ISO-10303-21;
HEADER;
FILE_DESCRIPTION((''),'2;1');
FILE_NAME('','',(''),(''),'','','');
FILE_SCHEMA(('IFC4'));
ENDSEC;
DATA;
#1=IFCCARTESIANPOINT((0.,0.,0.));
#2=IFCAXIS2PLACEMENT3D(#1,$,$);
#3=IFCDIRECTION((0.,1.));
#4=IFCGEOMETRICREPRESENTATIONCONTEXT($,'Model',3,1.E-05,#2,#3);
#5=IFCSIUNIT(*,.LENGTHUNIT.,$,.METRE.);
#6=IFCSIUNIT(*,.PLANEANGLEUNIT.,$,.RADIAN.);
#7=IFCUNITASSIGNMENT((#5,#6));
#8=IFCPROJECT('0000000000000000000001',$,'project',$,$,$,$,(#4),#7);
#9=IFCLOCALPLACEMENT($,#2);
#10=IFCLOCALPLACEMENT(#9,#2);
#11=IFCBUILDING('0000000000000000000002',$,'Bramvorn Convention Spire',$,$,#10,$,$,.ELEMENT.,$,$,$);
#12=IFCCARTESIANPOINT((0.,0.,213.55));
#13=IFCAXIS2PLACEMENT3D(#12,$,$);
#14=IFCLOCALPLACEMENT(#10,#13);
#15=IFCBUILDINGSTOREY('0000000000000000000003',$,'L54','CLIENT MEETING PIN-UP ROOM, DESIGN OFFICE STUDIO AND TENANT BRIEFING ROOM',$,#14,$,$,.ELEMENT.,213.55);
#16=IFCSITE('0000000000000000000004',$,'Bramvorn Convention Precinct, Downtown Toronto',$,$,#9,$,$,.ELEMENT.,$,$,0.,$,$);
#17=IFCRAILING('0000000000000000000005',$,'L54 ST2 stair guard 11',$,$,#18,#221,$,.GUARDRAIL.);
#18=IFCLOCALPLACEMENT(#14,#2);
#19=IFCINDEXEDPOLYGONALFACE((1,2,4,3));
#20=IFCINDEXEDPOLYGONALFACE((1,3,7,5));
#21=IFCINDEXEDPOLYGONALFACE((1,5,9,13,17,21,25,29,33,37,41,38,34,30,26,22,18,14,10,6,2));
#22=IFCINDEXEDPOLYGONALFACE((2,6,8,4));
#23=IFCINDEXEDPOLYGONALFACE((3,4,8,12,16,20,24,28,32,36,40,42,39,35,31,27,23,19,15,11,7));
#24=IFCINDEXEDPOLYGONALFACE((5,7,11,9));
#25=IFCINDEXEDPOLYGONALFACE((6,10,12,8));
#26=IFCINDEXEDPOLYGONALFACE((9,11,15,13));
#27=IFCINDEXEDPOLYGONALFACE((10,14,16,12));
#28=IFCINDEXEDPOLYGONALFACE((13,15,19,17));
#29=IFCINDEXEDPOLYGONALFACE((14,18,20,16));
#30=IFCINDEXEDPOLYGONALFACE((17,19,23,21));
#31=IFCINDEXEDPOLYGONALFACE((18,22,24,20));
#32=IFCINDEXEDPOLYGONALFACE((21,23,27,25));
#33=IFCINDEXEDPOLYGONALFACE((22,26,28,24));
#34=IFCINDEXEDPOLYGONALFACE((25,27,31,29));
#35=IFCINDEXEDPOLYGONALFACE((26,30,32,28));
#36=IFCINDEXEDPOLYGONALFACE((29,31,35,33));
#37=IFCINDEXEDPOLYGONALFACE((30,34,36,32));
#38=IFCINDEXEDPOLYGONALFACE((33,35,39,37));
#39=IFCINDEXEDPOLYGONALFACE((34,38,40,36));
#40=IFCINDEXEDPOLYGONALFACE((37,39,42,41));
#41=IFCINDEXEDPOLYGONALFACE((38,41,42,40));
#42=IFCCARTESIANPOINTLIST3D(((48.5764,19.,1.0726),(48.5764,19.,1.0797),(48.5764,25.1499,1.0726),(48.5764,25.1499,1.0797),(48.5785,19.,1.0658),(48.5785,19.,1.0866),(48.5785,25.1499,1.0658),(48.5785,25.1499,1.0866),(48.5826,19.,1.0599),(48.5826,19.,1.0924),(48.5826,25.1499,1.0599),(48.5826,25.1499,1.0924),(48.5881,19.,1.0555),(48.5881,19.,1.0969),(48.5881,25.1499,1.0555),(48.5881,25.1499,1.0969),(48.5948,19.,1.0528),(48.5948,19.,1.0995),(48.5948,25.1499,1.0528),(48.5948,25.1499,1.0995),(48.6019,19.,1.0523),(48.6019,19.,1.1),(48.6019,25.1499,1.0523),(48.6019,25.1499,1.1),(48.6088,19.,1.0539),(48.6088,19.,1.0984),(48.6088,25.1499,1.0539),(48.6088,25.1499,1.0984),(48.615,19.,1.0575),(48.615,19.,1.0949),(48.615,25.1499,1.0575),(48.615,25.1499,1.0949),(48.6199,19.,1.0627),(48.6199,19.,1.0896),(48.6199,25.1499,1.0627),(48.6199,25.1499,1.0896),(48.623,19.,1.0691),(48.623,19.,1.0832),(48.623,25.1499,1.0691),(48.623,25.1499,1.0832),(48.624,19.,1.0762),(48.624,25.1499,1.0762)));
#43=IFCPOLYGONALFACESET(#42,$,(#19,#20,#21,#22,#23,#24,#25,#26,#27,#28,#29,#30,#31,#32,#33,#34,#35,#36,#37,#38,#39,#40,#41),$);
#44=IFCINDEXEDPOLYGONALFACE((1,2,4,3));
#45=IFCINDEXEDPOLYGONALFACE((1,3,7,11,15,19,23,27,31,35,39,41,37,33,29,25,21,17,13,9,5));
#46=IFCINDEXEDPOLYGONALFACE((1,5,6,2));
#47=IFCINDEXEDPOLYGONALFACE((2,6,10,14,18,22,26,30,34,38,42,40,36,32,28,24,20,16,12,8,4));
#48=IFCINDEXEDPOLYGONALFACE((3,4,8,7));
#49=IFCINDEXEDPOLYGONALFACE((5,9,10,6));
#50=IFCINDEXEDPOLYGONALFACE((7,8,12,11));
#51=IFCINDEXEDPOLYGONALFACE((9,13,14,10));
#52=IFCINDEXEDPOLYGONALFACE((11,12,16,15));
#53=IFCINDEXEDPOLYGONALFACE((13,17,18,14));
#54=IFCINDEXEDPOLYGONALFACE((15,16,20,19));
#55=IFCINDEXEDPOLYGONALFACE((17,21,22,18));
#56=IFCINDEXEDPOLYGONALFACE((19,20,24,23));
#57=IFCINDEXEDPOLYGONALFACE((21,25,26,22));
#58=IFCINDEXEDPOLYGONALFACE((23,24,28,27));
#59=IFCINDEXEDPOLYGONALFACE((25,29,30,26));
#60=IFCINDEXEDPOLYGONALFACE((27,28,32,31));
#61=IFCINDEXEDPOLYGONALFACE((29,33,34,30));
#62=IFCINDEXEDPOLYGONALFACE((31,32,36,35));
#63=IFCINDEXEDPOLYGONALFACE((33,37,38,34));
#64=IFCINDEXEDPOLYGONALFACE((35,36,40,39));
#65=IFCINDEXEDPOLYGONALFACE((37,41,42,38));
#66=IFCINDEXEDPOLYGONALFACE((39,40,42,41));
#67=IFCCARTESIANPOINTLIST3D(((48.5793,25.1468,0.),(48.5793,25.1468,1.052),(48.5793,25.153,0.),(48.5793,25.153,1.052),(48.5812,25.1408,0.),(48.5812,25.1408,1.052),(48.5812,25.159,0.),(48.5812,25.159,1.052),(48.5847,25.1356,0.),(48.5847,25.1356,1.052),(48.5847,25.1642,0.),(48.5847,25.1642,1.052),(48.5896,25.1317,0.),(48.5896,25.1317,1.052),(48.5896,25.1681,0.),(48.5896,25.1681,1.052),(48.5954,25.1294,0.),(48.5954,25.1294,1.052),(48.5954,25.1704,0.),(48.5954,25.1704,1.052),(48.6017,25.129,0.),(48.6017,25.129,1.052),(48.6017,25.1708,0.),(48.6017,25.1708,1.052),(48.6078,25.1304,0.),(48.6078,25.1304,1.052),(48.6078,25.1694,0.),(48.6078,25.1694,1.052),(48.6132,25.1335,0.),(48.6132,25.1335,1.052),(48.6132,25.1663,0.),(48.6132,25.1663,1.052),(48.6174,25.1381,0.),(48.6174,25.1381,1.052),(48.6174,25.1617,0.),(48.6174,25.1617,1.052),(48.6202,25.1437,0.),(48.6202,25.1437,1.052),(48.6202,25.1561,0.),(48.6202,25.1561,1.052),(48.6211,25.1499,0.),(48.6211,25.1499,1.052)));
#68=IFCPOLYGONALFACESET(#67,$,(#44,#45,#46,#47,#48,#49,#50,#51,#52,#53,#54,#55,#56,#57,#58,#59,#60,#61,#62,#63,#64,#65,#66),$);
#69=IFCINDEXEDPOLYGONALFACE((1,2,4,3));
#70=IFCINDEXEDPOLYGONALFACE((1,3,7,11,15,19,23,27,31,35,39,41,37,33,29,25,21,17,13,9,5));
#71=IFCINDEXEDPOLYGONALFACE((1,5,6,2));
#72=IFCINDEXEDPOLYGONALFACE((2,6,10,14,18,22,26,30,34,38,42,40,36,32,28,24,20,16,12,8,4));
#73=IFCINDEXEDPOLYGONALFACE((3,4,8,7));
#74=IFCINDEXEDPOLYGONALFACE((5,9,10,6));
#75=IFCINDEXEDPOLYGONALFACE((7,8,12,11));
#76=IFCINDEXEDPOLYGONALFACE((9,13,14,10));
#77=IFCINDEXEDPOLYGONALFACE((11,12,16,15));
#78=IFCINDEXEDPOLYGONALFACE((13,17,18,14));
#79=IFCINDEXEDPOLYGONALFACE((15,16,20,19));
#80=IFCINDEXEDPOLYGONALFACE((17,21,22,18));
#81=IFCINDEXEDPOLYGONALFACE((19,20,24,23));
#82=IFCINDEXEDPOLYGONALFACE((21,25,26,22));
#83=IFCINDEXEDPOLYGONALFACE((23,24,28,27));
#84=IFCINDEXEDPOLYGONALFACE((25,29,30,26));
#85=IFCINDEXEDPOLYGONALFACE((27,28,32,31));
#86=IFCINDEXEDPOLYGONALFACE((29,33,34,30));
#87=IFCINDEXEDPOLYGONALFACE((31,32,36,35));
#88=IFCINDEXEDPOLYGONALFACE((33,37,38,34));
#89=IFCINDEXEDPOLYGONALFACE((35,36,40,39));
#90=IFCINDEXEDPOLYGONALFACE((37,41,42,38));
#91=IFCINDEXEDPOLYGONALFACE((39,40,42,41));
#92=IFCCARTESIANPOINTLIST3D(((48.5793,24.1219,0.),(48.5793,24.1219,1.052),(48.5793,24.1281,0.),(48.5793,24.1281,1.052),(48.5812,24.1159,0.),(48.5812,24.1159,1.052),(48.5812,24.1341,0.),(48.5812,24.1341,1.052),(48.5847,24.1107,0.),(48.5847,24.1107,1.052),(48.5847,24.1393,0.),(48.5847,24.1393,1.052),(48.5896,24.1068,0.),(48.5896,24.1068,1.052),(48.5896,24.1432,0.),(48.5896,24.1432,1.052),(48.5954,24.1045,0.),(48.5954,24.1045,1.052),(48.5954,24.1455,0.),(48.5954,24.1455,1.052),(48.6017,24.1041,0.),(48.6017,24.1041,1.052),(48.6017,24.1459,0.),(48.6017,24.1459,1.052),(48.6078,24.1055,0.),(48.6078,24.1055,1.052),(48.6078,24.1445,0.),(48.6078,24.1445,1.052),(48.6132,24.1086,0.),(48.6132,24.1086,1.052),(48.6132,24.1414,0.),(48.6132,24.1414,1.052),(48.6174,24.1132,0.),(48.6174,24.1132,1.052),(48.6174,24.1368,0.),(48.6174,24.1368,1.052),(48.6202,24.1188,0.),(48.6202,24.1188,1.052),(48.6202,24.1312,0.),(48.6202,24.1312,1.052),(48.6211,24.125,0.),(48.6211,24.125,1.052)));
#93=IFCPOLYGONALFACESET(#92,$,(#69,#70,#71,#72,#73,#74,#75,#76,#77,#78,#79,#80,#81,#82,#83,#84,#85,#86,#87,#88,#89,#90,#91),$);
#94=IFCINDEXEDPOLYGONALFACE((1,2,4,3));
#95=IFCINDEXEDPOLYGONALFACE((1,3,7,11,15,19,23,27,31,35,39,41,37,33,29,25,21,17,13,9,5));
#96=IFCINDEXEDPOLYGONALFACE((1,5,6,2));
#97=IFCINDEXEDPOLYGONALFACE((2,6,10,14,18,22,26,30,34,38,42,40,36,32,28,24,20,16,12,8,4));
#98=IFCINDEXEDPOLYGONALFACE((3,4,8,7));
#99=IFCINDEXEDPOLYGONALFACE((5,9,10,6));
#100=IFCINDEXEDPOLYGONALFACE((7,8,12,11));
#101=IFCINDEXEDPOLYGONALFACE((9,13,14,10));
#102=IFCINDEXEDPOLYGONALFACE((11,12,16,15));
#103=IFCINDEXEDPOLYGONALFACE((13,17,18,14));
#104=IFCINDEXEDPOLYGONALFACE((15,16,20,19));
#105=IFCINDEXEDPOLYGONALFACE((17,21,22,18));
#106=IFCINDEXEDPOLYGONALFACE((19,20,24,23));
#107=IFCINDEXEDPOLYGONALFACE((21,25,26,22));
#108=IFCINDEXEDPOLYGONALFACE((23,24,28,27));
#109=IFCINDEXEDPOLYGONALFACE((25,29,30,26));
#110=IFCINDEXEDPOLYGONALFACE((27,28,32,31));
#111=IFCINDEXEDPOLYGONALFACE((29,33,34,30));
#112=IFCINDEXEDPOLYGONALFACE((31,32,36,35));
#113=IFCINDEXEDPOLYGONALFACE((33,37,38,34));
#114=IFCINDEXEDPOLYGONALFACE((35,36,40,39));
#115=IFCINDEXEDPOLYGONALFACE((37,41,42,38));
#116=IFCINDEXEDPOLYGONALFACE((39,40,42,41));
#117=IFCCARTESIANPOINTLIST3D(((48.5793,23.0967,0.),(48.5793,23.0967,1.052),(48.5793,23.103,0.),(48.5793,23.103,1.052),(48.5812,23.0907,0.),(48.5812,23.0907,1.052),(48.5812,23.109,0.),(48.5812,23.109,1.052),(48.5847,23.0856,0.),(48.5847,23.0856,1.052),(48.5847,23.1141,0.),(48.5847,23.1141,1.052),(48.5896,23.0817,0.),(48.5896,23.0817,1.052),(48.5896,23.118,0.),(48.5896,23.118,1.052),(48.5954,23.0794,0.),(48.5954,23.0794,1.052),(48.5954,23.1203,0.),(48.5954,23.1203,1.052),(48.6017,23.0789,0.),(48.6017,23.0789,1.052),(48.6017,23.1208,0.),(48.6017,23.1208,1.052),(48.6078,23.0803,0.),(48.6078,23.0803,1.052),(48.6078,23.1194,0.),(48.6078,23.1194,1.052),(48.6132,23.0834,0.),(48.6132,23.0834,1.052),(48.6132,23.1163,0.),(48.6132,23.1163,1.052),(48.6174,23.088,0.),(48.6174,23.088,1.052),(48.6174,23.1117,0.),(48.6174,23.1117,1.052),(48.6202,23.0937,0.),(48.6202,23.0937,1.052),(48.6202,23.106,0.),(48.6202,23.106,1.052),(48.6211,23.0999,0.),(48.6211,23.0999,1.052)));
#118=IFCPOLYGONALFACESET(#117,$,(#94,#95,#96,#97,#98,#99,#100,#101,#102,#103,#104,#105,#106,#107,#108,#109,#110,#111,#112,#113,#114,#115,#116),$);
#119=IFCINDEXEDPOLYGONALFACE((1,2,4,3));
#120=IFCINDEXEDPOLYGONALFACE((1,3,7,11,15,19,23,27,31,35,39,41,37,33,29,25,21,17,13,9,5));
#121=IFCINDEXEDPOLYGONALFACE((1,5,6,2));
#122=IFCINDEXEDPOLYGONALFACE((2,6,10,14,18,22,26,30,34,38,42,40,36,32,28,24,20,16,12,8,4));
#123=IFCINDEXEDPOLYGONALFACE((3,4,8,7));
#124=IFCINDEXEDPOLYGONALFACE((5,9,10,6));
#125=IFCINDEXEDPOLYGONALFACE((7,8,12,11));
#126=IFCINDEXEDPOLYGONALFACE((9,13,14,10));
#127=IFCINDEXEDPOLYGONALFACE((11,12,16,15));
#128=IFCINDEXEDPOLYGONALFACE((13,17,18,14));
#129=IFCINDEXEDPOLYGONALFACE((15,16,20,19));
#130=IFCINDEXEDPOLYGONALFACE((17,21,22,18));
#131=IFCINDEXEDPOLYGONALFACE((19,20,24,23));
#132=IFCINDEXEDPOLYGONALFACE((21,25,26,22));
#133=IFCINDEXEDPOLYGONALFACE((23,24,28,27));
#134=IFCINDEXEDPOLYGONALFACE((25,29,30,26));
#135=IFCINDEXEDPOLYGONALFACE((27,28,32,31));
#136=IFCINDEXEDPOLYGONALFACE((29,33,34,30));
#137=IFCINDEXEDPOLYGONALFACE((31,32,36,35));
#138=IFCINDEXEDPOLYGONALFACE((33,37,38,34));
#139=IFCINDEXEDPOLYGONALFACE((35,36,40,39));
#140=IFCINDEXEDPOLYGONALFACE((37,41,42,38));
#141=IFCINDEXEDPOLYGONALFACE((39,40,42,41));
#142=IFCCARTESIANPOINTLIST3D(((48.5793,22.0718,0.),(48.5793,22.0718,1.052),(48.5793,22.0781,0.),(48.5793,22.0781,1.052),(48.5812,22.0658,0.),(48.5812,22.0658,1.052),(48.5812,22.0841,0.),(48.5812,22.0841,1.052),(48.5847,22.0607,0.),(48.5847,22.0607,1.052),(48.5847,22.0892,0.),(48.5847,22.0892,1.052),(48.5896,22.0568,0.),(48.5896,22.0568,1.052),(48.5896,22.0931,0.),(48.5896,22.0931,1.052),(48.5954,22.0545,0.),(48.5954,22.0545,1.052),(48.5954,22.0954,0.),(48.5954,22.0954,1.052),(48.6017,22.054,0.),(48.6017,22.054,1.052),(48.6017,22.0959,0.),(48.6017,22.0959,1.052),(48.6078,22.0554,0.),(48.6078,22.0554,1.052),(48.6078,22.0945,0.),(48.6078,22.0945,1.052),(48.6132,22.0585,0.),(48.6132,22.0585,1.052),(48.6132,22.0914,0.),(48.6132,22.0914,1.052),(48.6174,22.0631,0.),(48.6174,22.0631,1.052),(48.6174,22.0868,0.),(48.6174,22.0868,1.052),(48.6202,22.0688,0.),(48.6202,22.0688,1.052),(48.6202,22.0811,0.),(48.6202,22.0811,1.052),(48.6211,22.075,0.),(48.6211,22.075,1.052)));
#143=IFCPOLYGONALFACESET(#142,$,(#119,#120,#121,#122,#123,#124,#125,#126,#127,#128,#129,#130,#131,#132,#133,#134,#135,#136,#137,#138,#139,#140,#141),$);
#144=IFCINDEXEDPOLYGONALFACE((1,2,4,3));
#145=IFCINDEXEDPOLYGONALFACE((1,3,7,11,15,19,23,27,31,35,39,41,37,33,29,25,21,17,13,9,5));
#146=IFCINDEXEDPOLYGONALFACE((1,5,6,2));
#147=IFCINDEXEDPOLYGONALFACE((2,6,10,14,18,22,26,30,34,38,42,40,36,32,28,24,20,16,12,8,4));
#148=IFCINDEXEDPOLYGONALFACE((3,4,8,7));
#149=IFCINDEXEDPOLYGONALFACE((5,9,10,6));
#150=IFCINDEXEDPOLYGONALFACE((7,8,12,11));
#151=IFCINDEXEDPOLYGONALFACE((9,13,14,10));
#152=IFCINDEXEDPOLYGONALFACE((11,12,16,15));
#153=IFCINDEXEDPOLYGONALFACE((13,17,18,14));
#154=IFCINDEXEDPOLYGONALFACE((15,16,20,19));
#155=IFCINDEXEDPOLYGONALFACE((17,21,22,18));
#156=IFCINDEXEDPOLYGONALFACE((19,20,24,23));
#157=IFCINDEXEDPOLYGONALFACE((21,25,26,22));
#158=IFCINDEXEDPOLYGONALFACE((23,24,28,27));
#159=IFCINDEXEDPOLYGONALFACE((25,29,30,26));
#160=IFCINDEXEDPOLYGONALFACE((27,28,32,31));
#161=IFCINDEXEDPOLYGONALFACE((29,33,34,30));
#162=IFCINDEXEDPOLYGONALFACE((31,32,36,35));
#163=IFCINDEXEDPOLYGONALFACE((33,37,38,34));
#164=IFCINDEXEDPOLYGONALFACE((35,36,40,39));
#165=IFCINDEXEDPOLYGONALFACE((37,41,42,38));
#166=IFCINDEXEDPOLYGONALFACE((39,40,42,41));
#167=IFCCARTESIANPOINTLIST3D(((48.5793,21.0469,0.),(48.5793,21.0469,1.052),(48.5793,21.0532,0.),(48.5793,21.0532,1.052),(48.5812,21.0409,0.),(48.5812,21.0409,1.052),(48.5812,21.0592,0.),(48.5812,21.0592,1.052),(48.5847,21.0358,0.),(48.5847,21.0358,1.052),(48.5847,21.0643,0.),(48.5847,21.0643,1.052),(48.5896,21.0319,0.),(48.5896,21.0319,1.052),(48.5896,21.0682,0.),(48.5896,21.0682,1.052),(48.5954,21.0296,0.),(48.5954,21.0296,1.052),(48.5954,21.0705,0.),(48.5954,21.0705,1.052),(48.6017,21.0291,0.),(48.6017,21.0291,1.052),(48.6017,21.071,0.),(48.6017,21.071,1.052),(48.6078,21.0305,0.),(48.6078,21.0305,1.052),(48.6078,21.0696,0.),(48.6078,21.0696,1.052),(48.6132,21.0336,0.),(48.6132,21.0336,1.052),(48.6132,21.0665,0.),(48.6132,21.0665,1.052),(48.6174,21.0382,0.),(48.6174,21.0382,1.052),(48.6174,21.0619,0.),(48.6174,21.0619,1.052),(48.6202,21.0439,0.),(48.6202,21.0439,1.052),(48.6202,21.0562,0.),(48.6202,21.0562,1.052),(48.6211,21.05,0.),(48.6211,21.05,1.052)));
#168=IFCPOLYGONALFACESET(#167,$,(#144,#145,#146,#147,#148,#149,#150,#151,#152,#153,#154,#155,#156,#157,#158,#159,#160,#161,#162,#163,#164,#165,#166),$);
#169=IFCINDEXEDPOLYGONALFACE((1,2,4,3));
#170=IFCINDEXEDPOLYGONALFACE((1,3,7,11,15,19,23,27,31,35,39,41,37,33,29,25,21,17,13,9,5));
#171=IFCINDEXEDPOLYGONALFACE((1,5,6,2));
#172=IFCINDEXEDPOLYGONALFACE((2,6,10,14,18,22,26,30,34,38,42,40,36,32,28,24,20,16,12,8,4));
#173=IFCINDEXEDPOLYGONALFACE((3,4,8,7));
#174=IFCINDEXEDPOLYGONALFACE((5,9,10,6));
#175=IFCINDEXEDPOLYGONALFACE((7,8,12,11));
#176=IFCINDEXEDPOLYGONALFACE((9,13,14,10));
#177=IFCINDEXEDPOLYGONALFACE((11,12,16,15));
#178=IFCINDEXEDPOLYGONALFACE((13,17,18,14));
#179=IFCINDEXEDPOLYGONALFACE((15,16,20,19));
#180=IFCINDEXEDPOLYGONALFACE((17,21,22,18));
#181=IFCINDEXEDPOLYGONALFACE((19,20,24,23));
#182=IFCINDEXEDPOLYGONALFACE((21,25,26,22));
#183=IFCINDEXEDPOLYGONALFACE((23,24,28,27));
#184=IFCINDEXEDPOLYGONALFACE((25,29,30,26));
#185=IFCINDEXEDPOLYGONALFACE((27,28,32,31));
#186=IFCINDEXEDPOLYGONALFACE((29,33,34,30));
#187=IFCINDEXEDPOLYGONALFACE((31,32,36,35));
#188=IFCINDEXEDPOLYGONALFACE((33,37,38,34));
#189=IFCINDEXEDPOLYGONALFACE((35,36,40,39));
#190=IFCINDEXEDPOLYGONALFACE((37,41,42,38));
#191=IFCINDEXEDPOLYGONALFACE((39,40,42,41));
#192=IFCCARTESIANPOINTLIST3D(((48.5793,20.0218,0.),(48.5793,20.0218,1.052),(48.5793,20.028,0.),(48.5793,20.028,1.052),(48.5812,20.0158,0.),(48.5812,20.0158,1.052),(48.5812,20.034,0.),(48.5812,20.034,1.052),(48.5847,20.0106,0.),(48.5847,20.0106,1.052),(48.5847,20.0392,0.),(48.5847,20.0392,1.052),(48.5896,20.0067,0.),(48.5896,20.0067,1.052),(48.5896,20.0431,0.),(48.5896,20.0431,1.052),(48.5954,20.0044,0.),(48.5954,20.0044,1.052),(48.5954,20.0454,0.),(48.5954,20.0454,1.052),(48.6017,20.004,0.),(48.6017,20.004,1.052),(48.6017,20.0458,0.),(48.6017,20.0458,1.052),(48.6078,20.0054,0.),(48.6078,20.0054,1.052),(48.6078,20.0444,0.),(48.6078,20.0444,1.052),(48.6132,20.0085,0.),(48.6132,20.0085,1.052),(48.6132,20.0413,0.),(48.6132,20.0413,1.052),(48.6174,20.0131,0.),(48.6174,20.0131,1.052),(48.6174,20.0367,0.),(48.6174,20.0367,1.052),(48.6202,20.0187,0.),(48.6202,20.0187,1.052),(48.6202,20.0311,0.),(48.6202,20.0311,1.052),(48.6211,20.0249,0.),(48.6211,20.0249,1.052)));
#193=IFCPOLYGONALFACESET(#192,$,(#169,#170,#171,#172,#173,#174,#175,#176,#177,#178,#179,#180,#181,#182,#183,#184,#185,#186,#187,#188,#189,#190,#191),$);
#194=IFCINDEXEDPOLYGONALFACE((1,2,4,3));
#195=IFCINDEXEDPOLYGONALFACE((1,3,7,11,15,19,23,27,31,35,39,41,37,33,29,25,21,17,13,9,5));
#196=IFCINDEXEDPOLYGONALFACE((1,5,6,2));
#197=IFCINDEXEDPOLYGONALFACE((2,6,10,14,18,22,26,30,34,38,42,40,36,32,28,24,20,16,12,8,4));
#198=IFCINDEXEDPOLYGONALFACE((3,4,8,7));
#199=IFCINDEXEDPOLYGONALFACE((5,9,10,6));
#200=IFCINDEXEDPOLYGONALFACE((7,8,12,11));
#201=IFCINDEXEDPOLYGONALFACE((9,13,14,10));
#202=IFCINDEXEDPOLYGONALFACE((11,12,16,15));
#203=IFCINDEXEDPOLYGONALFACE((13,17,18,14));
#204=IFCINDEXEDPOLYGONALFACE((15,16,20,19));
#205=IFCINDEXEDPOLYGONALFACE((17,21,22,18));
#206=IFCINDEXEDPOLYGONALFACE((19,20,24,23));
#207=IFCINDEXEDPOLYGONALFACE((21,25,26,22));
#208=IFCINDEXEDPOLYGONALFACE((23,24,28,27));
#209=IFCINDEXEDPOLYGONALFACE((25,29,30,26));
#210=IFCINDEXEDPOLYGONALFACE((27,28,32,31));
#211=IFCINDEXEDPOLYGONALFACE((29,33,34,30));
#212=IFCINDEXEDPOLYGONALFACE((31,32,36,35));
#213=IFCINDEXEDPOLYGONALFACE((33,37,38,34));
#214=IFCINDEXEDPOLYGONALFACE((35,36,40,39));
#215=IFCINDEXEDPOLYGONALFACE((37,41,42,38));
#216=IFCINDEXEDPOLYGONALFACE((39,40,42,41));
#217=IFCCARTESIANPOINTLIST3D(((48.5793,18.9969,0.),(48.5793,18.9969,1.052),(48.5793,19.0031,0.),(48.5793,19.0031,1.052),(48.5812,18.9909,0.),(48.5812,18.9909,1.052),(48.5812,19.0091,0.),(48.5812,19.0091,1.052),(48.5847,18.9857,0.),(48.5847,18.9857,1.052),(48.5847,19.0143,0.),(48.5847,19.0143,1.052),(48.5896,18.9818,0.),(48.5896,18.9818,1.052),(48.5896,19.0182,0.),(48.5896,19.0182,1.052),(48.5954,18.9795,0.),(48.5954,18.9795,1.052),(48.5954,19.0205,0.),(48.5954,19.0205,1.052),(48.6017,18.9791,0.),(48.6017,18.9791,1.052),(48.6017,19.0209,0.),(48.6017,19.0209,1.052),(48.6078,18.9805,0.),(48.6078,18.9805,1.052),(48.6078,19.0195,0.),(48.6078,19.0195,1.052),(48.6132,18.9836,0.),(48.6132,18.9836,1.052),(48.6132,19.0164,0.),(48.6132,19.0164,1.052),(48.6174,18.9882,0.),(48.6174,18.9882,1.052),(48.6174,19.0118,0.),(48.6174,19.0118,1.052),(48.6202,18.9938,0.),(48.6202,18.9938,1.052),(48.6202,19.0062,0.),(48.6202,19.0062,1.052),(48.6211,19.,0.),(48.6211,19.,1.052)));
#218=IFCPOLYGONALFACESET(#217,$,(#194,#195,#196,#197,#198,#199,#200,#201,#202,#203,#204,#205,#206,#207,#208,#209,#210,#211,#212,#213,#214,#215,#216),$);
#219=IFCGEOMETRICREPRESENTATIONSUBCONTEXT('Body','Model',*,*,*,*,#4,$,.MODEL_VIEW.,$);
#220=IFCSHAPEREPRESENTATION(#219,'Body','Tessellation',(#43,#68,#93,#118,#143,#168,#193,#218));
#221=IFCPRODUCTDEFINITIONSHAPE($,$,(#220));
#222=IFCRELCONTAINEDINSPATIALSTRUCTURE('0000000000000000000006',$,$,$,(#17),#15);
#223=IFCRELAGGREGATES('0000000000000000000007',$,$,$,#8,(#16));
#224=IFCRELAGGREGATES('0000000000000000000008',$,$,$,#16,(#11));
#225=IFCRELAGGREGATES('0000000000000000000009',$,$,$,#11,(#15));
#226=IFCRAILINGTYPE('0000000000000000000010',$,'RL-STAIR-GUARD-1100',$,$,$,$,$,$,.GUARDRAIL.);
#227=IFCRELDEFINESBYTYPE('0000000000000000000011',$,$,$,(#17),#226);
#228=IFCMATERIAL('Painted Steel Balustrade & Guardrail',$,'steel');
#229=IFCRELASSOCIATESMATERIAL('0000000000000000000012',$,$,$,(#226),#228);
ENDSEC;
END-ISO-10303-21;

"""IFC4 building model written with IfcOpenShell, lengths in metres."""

from ifc_helpers import new_model, si_unit, direction, frame, origin, origin_2d, place, context, subcontext, project, spatial, circle, extrude, material, type_object, element, save


model = new_model("IFC4")

# Units and contexts
model_context = context("Model", 3, precision=1e-05, world=origin(), true_north=direction((0.0, 1.0)))
body_context = subcontext(model_context, "Body", "Model", "MODEL_VIEW")
ifc_project = project(units=[si_unit("LENGTHUNIT", "METRE"), si_unit("PLANEANGLEUNIT", "RADIAN")], contexts=[model_context])

# Site, building, storey
site_placement = place(None, origin())
site = spatial("IfcSite", under=ifc_project, at=site_placement, Name="Bramvorn Convention Precinct, Downtown Toronto", CompositionType="ELEMENT", RefElevation=0.0)
building_placement = place(site_placement, origin())
building = spatial("IfcBuilding", under=site, at=building_placement, Name="Bramvorn Convention Spire", CompositionType="ELEMENT")
storey_placement = place(building_placement, frame((0.0, 0.0, 213.55)))
storey = spatial("IfcBuildingStorey", under=building, at=storey_placement, Name="L54", Description="CLIENT MEETING PIN-UP ROOM, DESIGN OFFICE STUDIO AND TENANT BRIEFING ROOM", CompositionType="ELEMENT", Elevation=213.55)

# Railing
ifc_material_1 = material(Name="Painted Steel Balustrade & Guardrail", Category="steel")
railing_type_1 = type_object("IfcRailingType", Name="RL-STAIR-GUARD-1100", PredefinedType="GUARDRAIL", material=ifc_material_1)
railing_1_placement = place(storey_placement, frame((48.6001, 25.1499, 0.0)))
element("IfcRailing", 1, at=railing_1_placement, inside=storey, type_object=railing_type_1, Name="L54 ST2 stair guard 11", PredefinedType="GUARDRAIL", context=body_context, shape_type="SweptSolid", body=[
    extrude(circle(Radius=0.0239, at=origin_2d()), frame((0.0, 0.0, 1.0762), z_axis=(0.0, -1.0, 0.0), x_axis=(1.0, 0.0, 0.0)), (0.0, 0.0, 1.0), 6.1499),
    extrude(circle(Radius=0.021, at=origin_2d()), origin(), (0.0, 0.0, 1.0), 1.052),
    extrude(circle(Radius=0.021, at=origin_2d()), frame((0.0, -1.0249, 0.0)), (0.0, 0.0, 1.0), 1.052),
    extrude(circle(Radius=0.021, at=origin_2d()), frame((0.0, -2.05, 0.0)), (0.0, 0.0, 1.0), 1.052),
    extrude(circle(Radius=0.021, at=origin_2d()), frame((0.0, -3.075, 0.0)), (0.0, 0.0, 1.0), 1.052),
    extrude(circle(Radius=0.021, at=origin_2d()), frame((0.0, -4.0999, 0.0)), (0.0, 0.0, 1.0), 1.052),
    extrude(circle(Radius=0.021, at=origin_2d()), frame((0.0, -5.125, 0.0)), (0.0, 0.0, 1.0), 1.052),
    extrude(circle(Radius=0.021, at=origin_2d()), frame((0.0, -6.1499, 0.0)), (0.0, 0.0, 1.0), 1.052),
])

save(model, "model.ifc")
